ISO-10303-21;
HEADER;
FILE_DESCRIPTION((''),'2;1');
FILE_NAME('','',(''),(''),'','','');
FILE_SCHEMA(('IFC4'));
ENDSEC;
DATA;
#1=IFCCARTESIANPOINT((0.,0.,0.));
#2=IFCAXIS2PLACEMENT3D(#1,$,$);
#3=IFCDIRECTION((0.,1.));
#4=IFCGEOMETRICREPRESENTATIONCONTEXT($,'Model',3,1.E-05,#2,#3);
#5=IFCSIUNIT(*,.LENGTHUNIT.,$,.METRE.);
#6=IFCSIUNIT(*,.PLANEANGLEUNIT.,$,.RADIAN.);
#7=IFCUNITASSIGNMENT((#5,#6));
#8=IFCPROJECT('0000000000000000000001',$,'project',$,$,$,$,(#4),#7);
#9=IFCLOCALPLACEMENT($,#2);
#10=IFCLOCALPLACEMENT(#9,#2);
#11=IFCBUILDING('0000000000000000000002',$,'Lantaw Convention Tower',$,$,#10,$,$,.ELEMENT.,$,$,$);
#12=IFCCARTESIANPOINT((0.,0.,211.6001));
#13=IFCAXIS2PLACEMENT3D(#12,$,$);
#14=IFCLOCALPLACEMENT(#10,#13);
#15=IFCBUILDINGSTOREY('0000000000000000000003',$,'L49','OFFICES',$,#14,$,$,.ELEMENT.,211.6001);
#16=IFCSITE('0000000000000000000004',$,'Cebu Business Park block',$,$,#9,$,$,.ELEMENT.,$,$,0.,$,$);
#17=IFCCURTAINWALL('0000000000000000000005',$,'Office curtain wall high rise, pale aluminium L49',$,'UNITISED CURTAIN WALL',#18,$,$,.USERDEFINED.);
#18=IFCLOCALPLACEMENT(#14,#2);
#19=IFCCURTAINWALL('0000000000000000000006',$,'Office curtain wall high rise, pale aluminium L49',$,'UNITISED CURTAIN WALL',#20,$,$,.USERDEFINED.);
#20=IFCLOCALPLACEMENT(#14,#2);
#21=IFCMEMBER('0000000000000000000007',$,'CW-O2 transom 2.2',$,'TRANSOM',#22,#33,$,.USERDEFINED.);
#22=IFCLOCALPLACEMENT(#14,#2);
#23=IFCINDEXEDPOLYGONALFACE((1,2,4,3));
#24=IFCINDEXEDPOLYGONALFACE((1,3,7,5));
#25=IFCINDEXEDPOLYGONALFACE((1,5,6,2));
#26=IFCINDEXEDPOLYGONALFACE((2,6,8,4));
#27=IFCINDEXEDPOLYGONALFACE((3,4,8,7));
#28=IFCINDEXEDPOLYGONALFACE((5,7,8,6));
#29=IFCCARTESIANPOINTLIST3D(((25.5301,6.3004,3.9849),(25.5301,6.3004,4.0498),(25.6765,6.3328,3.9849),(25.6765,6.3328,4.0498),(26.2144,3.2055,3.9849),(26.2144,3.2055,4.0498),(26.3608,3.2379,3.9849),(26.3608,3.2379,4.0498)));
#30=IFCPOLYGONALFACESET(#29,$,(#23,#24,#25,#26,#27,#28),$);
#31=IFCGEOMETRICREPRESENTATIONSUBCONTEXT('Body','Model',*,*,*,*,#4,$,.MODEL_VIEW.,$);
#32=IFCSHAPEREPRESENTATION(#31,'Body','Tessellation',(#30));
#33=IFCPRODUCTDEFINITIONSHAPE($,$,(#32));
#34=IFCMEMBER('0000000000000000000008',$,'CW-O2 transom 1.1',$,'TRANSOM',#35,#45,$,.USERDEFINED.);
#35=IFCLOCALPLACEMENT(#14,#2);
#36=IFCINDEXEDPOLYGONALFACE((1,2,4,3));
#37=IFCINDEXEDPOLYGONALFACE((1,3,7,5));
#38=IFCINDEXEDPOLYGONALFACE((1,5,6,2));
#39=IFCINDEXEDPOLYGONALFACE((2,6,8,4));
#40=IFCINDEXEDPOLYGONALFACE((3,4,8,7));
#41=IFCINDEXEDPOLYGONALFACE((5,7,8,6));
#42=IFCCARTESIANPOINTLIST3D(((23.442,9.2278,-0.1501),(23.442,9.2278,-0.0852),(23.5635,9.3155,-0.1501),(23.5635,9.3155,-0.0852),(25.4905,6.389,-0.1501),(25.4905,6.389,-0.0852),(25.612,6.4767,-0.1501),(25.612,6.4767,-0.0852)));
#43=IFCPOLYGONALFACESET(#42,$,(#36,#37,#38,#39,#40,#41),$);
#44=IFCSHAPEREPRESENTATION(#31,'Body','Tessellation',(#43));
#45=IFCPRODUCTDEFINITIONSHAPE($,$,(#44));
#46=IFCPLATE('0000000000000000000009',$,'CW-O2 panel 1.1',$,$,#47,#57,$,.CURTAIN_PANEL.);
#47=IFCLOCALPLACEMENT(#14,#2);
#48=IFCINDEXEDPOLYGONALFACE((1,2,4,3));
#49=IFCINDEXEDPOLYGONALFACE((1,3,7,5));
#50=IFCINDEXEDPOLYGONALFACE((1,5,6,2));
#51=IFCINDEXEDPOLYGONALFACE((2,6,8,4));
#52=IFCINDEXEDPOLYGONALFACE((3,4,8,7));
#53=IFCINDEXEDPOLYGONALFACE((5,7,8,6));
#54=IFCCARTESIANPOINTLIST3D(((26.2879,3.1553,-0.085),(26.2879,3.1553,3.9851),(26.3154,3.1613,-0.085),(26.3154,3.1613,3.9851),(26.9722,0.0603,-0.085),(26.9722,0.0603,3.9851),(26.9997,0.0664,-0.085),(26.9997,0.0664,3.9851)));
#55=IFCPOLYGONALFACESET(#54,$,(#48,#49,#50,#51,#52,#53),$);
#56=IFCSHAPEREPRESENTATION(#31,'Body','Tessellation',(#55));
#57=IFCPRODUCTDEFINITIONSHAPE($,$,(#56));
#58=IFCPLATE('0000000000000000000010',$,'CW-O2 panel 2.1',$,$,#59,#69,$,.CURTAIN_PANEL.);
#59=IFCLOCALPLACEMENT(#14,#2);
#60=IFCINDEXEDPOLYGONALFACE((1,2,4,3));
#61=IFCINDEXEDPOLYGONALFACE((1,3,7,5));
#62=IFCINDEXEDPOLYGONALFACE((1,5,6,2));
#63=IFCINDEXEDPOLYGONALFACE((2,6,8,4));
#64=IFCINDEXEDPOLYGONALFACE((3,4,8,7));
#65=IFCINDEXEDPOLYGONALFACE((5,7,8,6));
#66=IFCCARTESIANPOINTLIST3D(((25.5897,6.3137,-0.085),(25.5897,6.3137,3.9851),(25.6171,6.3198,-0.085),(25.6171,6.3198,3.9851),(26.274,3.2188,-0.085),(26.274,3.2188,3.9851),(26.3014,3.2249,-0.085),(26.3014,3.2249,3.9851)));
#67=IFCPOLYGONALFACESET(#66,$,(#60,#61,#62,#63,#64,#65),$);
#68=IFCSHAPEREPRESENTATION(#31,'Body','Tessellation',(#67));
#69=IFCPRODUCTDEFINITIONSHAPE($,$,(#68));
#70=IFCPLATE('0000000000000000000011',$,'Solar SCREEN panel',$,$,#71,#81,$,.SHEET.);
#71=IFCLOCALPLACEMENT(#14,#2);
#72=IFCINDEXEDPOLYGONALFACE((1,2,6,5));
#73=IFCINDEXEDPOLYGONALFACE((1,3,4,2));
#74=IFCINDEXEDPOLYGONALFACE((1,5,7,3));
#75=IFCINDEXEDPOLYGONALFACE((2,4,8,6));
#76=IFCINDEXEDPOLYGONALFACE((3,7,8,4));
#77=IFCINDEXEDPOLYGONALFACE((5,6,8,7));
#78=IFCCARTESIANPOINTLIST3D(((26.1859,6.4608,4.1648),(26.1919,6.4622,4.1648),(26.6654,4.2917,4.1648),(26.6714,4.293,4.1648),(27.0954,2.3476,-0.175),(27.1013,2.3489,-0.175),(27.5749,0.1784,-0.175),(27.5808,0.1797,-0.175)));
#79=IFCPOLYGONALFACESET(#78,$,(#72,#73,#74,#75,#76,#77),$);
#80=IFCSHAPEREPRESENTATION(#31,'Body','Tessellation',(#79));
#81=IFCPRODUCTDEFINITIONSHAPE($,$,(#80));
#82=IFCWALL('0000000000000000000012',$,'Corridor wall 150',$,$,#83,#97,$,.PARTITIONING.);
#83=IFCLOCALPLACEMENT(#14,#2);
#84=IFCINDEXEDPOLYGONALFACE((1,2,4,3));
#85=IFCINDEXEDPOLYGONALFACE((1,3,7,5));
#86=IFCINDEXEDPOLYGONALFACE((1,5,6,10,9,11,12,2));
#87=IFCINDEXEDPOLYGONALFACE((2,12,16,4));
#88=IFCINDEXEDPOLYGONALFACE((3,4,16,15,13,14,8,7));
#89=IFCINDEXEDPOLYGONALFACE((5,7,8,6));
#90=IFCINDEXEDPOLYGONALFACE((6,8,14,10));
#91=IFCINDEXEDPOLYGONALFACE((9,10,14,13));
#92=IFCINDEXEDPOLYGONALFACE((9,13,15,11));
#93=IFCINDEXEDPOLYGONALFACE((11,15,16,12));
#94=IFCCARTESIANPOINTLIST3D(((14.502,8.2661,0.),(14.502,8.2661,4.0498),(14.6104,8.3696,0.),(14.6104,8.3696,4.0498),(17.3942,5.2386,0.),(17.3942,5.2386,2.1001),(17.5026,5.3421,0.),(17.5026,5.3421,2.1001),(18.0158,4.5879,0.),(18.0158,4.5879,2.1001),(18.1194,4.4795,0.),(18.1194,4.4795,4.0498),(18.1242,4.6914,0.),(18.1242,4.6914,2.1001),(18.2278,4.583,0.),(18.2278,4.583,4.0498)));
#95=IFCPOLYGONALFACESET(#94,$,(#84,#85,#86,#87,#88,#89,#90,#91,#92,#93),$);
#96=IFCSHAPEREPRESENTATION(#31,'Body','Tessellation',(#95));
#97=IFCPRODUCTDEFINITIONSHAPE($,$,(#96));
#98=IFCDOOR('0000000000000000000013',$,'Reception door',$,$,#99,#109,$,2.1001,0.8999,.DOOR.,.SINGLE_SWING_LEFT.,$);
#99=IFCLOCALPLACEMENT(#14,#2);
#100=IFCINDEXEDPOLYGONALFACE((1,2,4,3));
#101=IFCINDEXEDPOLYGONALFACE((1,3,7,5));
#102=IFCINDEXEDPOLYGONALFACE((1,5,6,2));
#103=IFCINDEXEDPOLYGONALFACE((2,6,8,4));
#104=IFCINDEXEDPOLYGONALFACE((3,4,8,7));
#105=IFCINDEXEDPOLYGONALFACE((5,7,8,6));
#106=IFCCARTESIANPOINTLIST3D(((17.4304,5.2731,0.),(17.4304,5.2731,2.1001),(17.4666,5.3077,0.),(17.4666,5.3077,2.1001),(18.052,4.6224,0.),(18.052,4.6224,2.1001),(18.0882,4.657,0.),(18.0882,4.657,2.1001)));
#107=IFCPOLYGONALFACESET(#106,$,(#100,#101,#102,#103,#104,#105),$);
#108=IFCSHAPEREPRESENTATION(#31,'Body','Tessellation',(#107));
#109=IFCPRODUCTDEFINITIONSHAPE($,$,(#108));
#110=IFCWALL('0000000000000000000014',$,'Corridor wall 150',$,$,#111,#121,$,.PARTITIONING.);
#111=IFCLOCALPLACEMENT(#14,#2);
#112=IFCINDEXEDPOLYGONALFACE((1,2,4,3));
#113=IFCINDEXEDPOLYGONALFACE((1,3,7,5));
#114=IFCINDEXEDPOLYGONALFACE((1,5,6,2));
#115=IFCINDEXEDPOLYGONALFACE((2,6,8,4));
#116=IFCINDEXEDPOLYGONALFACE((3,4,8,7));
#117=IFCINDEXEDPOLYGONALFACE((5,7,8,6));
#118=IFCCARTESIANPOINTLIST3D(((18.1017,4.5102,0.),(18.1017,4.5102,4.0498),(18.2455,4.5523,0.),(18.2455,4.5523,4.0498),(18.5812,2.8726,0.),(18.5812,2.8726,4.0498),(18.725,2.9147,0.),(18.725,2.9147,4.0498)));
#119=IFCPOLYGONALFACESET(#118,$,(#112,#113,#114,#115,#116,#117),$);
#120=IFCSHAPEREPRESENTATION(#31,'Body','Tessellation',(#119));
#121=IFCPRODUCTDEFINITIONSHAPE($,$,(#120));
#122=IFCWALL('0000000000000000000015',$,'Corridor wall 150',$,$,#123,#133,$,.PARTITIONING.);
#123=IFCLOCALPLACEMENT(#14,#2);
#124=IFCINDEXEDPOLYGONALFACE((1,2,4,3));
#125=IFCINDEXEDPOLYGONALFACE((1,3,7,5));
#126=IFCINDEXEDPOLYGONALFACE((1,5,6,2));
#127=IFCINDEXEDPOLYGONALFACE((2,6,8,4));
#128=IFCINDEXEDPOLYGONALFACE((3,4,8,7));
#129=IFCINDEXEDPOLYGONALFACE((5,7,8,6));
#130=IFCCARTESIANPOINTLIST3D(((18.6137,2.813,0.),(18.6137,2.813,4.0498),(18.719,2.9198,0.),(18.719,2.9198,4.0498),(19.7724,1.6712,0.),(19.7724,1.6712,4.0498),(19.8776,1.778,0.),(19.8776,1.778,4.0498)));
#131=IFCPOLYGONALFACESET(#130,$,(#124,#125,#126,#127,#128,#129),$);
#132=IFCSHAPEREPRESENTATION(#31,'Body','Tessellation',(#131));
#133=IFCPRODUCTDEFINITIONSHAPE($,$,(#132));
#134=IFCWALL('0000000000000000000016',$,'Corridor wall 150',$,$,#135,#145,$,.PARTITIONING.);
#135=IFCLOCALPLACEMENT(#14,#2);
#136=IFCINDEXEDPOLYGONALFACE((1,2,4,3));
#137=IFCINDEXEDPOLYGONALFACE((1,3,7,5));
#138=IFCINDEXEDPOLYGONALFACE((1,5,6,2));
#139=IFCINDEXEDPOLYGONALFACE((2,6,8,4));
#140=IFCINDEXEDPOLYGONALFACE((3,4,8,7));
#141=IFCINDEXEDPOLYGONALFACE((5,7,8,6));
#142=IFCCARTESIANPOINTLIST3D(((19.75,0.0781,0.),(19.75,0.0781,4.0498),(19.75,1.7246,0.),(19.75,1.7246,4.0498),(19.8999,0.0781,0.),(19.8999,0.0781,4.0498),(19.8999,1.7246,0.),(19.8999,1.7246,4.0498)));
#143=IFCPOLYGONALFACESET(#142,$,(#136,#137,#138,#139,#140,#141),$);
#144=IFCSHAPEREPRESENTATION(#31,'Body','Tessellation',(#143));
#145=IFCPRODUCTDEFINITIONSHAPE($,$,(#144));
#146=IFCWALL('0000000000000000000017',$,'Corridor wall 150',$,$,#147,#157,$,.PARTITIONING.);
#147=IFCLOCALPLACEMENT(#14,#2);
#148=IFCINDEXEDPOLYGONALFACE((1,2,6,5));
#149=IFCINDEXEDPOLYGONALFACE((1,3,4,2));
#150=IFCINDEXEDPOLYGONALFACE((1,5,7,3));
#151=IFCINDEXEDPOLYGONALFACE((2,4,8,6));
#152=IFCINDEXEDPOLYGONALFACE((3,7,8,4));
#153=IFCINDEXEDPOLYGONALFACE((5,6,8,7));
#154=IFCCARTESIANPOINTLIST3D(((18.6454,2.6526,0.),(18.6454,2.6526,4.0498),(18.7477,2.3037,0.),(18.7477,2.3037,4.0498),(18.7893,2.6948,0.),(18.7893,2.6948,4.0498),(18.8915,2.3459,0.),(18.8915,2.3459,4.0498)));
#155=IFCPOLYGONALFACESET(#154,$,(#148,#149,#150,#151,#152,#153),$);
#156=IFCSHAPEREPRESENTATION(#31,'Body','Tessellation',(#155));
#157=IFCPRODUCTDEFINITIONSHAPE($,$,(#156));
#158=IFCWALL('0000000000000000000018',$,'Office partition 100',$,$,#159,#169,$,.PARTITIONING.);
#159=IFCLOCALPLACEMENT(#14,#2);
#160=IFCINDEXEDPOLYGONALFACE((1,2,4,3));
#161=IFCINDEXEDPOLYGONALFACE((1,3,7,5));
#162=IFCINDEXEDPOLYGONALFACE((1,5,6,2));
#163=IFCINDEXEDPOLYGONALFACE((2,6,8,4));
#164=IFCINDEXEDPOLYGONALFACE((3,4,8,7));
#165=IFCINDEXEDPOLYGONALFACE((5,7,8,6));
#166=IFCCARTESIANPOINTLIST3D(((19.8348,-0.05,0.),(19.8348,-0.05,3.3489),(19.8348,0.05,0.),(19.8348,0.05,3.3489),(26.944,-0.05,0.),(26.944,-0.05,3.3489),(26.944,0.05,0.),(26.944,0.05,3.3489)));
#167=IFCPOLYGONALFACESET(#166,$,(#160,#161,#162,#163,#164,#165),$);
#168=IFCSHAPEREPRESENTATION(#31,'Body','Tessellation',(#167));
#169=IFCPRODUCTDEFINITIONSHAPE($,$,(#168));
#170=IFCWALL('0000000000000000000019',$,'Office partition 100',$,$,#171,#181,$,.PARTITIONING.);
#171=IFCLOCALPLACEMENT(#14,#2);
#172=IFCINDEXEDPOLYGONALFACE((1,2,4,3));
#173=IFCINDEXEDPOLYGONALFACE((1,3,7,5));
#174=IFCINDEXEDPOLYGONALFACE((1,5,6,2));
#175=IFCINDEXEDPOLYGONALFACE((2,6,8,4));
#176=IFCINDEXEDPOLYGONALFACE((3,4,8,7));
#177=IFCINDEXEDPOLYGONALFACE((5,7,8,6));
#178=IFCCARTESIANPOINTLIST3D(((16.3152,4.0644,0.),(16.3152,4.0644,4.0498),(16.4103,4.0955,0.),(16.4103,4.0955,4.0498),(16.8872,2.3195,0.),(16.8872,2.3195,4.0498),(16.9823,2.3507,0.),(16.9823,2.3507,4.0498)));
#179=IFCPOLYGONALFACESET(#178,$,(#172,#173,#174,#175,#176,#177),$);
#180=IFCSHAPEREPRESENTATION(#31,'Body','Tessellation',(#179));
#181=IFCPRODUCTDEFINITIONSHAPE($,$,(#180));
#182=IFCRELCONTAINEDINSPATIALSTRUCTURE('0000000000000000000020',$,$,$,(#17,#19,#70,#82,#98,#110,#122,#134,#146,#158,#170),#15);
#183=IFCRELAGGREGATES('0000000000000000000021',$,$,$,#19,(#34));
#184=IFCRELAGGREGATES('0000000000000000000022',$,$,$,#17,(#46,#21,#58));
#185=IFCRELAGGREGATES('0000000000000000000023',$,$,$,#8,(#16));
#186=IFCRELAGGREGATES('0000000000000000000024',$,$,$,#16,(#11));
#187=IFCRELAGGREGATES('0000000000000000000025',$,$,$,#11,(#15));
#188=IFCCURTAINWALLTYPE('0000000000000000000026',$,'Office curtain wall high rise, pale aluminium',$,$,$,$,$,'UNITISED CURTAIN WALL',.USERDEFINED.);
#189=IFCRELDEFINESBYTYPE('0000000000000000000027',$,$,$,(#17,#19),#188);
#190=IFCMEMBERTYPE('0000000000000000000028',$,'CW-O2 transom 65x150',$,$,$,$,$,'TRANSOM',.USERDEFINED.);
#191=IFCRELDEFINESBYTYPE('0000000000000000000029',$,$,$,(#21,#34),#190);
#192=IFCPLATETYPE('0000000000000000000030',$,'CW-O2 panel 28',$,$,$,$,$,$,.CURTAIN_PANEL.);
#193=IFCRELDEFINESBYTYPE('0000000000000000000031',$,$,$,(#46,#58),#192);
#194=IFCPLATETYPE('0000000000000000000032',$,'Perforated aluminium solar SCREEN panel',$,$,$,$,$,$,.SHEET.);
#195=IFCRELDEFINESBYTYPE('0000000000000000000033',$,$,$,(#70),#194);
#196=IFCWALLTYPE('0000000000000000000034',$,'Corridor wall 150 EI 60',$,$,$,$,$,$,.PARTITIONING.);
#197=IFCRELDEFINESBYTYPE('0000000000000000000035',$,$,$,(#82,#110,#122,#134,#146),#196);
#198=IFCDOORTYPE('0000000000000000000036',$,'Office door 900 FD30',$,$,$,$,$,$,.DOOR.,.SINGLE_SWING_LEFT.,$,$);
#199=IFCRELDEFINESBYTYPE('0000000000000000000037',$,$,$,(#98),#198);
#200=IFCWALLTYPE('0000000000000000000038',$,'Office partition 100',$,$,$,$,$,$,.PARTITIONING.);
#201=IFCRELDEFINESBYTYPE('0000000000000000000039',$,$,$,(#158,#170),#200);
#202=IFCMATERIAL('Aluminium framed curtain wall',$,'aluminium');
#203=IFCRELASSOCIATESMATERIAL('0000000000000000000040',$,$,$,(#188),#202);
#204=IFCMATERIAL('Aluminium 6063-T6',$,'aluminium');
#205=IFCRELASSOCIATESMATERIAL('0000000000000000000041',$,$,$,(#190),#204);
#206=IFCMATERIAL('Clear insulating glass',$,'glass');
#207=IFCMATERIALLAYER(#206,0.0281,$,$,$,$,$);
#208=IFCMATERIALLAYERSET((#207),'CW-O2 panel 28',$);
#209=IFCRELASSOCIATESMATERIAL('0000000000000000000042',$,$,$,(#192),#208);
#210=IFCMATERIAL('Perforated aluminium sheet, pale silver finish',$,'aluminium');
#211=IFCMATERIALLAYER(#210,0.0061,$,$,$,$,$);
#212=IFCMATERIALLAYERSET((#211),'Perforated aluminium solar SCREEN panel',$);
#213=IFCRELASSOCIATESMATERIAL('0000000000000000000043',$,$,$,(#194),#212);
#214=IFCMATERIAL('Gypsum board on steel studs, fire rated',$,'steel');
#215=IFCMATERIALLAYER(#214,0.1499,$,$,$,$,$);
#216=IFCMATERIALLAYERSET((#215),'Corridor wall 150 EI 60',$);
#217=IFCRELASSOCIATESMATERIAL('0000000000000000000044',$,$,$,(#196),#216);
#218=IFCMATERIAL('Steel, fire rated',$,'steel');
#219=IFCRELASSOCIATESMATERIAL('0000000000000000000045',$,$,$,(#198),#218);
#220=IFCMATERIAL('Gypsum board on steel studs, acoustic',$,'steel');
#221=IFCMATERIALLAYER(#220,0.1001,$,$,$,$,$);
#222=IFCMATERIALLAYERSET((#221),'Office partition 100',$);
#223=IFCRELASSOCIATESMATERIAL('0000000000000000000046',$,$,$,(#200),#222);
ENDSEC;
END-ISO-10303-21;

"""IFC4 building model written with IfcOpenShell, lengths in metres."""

from ifc_helpers import new_model, si_unit, direction, frame, frame_2d, origin, origin_2d, place, context, subcontext, project, spatial, polyline, rectangle, outline, extrude, material, layer, layer_set, material_profile, profile_set, type_object, element, fill, aggregate, save


model = new_model("IFC4")

# Units and contexts
model_context = context("Model", 3, precision=1e-05, world=origin(), true_north=direction((0.0, 1.0)))
body_context = subcontext(model_context, "Body", "Model", "MODEL_VIEW")
ifc_project = project(units=[si_unit("LENGTHUNIT", "METRE"), si_unit("PLANEANGLEUNIT", "RADIAN")], contexts=[model_context])

# Site, building, storey
site_placement = place(None, origin())
site = spatial("IfcSite", under=ifc_project, at=site_placement, Name="Cebu Business Park block", CompositionType="ELEMENT", RefElevation=0.0)
building_placement = place(site_placement, origin())
building = spatial("IfcBuilding", under=site, at=building_placement, Name="Lantaw Convention Tower", CompositionType="ELEMENT")
storey_placement = place(building_placement, frame((0.0, 0.0, 211.6001)))
storey = spatial("IfcBuildingStorey", under=building, at=storey_placement, Name="L49", Description="OFFICES", CompositionType="ELEMENT", Elevation=211.6001)

# Curtain wall
ifc_material_1 = material(Name="Aluminium framed curtain wall", Category="aluminium")
curtain_wall_type = type_object("IfcCurtainWallType", Name="Office curtain wall high rise, pale aluminium", ElementType="UNITISED CURTAIN WALL", PredefinedType="USERDEFINED", material=ifc_material_1)
curtain_wall_1_placement = place(storey_placement, origin())
curtain_wall_1 = element("IfcCurtainWall", 1, at=curtain_wall_1_placement, inside=storey, type_object=curtain_wall_type, Name="Office curtain wall high rise, pale aluminium L49", ObjectType="UNITISED CURTAIN WALL", PredefinedType="USERDEFINED")
ifc_material_2 = material(Name="Aluminium 6063-T6", Category="aluminium")

# Curtain wall
curtain_wall_2_placement = place(storey_placement, origin())
curtain_wall_2 = element("IfcCurtainWall", 2, at=curtain_wall_2_placement, inside=storey, type_object=curtain_wall_type, Name="Office curtain wall high rise, pale aluminium L49", ObjectType="UNITISED CURTAIN WALL", PredefinedType="USERDEFINED")

# Members
ifc_material_profile_1 = material_profile(ifc_material_2, rectangle(XDim=0.1499, YDim=0.0649, at=origin_2d()), Name="CW-O2 transom 65x150")
ifc_profile_set_1 = profile_set([ifc_material_profile_1], Name="Aluminium 6063-T6")
member_type_1 = type_object("IfcMemberType", Name="CW-O2 transom 65x150", ElementType="TRANSOM", PredefinedType="USERDEFINED", material=ifc_profile_set_1)
member_1_placement = place(storey_placement, frame((26.2876, 3.2217, 4.0173), z_axis=(-0.215895, 0.976417, 0.0), x_axis=(-0.976417, -0.215895, 0.0)))
member_1 = element("IfcMember", 3, at=member_1_placement, type_object=member_type_1, Name="CW-O2 transom 2.2", ObjectType="TRANSOM", PredefinedType="USERDEFINED", context=body_context, shape_type="SweptSolid", body=[
    extrude(rectangle(XDim=0.1499, YDim=0.0649, at=origin_2d()), origin(), (0.0, 0.0, 1.0), 3.1697),
])
member_2_placement = place(storey_placement, frame((25.5513, 6.4329, -0.1177), z_axis=(-0.58517, 0.810911, 0.0), x_axis=(-0.810911, -0.58517, 0.0)))
member_2 = element("IfcMember", 4, at=member_2_placement, type_object=member_type_1, Name="CW-O2 transom 1.1", ObjectType="TRANSOM", PredefinedType="USERDEFINED", context=body_context, shape_type="SweptSolid", body=[
    extrude(rectangle(XDim=0.1499, YDim=0.0649, at=origin_2d()), origin(), (0.0, 0.0, 1.0), 3.5007),
])
aggregate(curtain_wall_2, [member_2])

# Plates
ifc_material_3 = material(Name="Clear insulating glass", Category="glass")
ifc_layer_1 = layer(ifc_material_3, 0.0281)
ifc_layer_set_1 = layer_set([ifc_layer_1], Name="CW-O2 panel 28")
plate_type_1 = type_object("IfcPlateType", Name="CW-O2 panel 28", PredefinedType="CURTAIN_PANEL", material=ifc_layer_set_1)
plate_1_placement = place(storey_placement, frame((26.6438, 1.6108, -0.085), z_axis=(0.0, 0.0, 1.0), x_axis=(-0.215891, 0.976417, 0.0)))
plate_1 = element("IfcPlate", 5, at=plate_1_placement, type_object=plate_type_1, Name="CW-O2 panel 1.1", PredefinedType="CURTAIN_PANEL", context=body_context, shape_type="SweptSolid", body=[
    extrude(rectangle(XDim=3.1697, YDim=0.0281, at=origin_2d()), origin(), (0.0, 0.0, 1.0), 4.0701),
])
plate_2_placement = place(storey_placement, frame((25.9456, 4.7693, -0.085), z_axis=(0.0, 0.0, 1.0), x_axis=(-0.215891, 0.976417, 0.0)))
plate_2 = element("IfcPlate", 6, at=plate_2_placement, type_object=plate_type_1, Name="CW-O2 panel 2.1", PredefinedType="CURTAIN_PANEL", context=body_context, shape_type="SweptSolid", body=[
    extrude(rectangle(XDim=3.1697, YDim=0.0281, at=origin_2d()), origin(), (0.0, 0.0, 1.0), 4.0701),
])
aggregate(curtain_wall_1, [plate_1, member_1, plate_2])
ifc_material_4 = material(Name="Perforated aluminium sheet, pale silver finish", Category="aluminium")
ifc_layer_2 = layer(ifc_material_4, 0.0061)
ifc_layer_set_2 = layer_set([ifc_layer_2], Name="Perforated aluminium solar SCREEN panel")
plate_type_2 = type_object("IfcPlateType", Name="Perforated aluminium solar SCREEN panel", PredefinedType="SHEET", material=ifc_layer_set_2)
plate_3_placement = place(storey_placement, frame((27.5808, 0.1797, -0.175), z_axis=(0.97643, 0.215837, 0.000044), x_axis=(-0.215837, 0.97643, 0.0)))
element("IfcPlate", 7, at=plate_3_placement, inside=storey, type_object=plate_type_2, Name="Solar SCREEN panel", PredefinedType="SHEET", context=body_context, shape_type="SweptSolid", body=[
    extrude(outline(polyline([(0.0, 0.0), (2.2216, 0.0), (6.4342, 4.3398), (4.2126, 4.3398), (0.0, 0.0)])), origin(), (0.0, 0.0, -1.0), 0.0061),
])

# Wall, opening, door
ifc_material_5 = material(Name="Gypsum board on steel studs, fire rated", Category="steel")
ifc_layer_3 = layer(ifc_material_5, 0.1499)
ifc_layer_set_3 = layer_set([ifc_layer_3], Name="Corridor wall 150 EI 60")
wall_type_1 = type_object("IfcWallType", Name="Corridor wall 150 EI 60", PredefinedType="PARTITIONING", material=ifc_layer_set_3)
wall_1_placement = place(storey_placement, frame((18.1736, 4.5312, 0.0), z_axis=(0.0, 0.0, 1.0), x_axis=(-0.690768, 0.723076, 0.0)))
wall_1 = element("IfcWall", 8, at=wall_1_placement, inside=storey, type_object=wall_type_1, Name="Corridor wall 150", PredefinedType="PARTITIONING", context=body_context, shape_type="SweptSolid", body=[
    extrude(rectangle(XDim=5.2368, YDim=0.1499, at=frame_2d((2.6184, 0.0))), origin(), (0.0, 0.0, 1.0), 4.0498),
])
opening_placement = place(wall_1_placement, frame((0.1499, 0.0, 0.0)))
opening = element("IfcOpeningElement", 9, at=opening_placement, cuts=wall_1, PredefinedType="OPENING", context=body_context, shape_type="SweptSolid", body=[
    extrude(rectangle(XDim=0.8999, YDim=2.1001, at=frame_2d((0.45, 1.05))), frame((0.0, 0.085, 0.0), z_axis=(0.0, -1.0, 0.0), x_axis=(1.0, 0.0, 0.0)), (0.0, 0.0, 1.0), 0.1699),
])
ifc_material_6 = material(Name="Steel, fire rated", Category="steel")
door_type = type_object("IfcDoorType", Name="Office door 900 FD30", OperationType="SINGLE_SWING_LEFT", PredefinedType="DOOR", material=ifc_material_6)
door_placement = place(opening_placement, origin())
door = element("IfcDoor", 10, at=door_placement, inside=storey, type_object=door_type, Name="Reception door", OperationType="SINGLE_SWING_LEFT", OverallHeight=2.1001, OverallWidth=0.8999, PredefinedType="DOOR", context=body_context, shape_type="SweptSolid", body=[
    extrude(rectangle(XDim=0.8999, YDim=2.1001, at=frame_2d((0.45, 1.05))), frame((0.0, 0.0249, 0.0), z_axis=(0.0, -1.0, 0.0), x_axis=(1.0, 0.0, 0.0)), (0.0, 0.0, 1.0), 0.05),
])
fill(opening, door)

# Walls
wall_2_placement = place(storey_placement, frame((18.6531, 2.8938, 0.0), z_axis=(0.0, 0.0, 1.0), x_axis=(-0.281027, 0.9597, 0.0)))
element("IfcWall", 11, at=wall_2_placement, inside=storey, type_object=wall_type_1, Name="Corridor wall 150", PredefinedType="PARTITIONING", context=body_context, shape_type="SweptSolid", body=[
    extrude(rectangle(XDim=1.7063, YDim=0.1499, at=frame_2d((0.853, 0.0))), origin(), (0.0, 0.0, 1.0), 4.0498),
])
wall_3_placement = place(storey_placement, frame((18.6663, 2.8665, 0.0), z_axis=(0.0, 0.0, 1.0), x_axis=(0.712265, -0.70191, 0.0)))
element("IfcWall", 12, at=wall_3_placement, inside=storey, type_object=wall_type_1, Name="Corridor wall 150", PredefinedType="PARTITIONING", context=body_context, shape_type="SweptSolid", body=[
    extrude(rectangle(XDim=1.6267, YDim=0.1499, at=frame_2d((0.8135, 0.0))), origin(), (0.0, 0.0, 1.0), 4.0498),
])
wall_4_placement = place(storey_placement, frame((19.825, 1.7246, 0.0), z_axis=(0.0, 0.0, 1.0), x_axis=(0.0, -1.0, 0.0)))
element("IfcWall", 13, at=wall_4_placement, inside=storey, type_object=wall_type_1, Name="Corridor wall 150", PredefinedType="PARTITIONING", context=body_context, shape_type="SweptSolid", body=[
    extrude(rectangle(XDim=1.6465, YDim=0.1499, at=frame_2d((0.8232, 0.0))), origin(), (0.0, 0.0, 1.0), 4.0498),
])
wall_5_placement = place(storey_placement, frame((18.8196, 2.325, 0.0), z_axis=(0.0, 0.0, 1.0), x_axis=(-0.281366, 0.9596, 0.0)))
element("IfcWall", 14, at=wall_5_placement, inside=storey, type_object=wall_type_1, Name="Corridor wall 150", PredefinedType="PARTITIONING", context=body_context, shape_type="SweptSolid", body=[
    extrude(rectangle(XDim=0.3635, YDim=0.1499, at=frame_2d((0.1816, 0.0))), origin(), (0.0, 0.0, 1.0), 4.0498),
])
ifc_material_7 = material(Name="Gypsum board on steel studs, acoustic", Category="steel")
ifc_layer_4 = layer(ifc_material_7, 0.1001)
ifc_layer_set_4 = layer_set([ifc_layer_4], Name="Office partition 100")
wall_type_2 = type_object("IfcWallType", Name="Office partition 100", PredefinedType="PARTITIONING", material=ifc_layer_set_4)
wall_6_placement = place(storey_placement, frame((26.9441, 0.0, 0.0), z_axis=(0.0, 0.0, 1.0), x_axis=(-1.0, 0.0, 0.0)))
element("IfcWall", 15, at=wall_6_placement, inside=storey, type_object=wall_type_2, Name="Office partition 100", PredefinedType="PARTITIONING", context=body_context, shape_type="SweptSolid", body=[
    extrude(rectangle(XDim=7.1091, YDim=0.1001, at=frame_2d((3.5547, 0.0))), origin(), (0.0, 0.0, 1.0), 3.3489),
])
wall_7_placement = place(storey_placement, frame((16.3628, 4.0798, 0.0), z_axis=(0.0, 0.0, 1.0), x_axis=(0.311517, -0.950241, 0.0)))
element("IfcWall", 16, at=wall_7_placement, inside=storey, type_object=wall_type_2, Name="Office partition 100", PredefinedType="PARTITIONING", context=body_context, shape_type="SweptSolid", body=[
    extrude(rectangle(XDim=1.8362, YDim=0.1001, at=frame_2d((0.918, 0.0))), origin(), (0.0, 0.0, 1.0), 4.0498),
])

save(model, "model.ifc")
